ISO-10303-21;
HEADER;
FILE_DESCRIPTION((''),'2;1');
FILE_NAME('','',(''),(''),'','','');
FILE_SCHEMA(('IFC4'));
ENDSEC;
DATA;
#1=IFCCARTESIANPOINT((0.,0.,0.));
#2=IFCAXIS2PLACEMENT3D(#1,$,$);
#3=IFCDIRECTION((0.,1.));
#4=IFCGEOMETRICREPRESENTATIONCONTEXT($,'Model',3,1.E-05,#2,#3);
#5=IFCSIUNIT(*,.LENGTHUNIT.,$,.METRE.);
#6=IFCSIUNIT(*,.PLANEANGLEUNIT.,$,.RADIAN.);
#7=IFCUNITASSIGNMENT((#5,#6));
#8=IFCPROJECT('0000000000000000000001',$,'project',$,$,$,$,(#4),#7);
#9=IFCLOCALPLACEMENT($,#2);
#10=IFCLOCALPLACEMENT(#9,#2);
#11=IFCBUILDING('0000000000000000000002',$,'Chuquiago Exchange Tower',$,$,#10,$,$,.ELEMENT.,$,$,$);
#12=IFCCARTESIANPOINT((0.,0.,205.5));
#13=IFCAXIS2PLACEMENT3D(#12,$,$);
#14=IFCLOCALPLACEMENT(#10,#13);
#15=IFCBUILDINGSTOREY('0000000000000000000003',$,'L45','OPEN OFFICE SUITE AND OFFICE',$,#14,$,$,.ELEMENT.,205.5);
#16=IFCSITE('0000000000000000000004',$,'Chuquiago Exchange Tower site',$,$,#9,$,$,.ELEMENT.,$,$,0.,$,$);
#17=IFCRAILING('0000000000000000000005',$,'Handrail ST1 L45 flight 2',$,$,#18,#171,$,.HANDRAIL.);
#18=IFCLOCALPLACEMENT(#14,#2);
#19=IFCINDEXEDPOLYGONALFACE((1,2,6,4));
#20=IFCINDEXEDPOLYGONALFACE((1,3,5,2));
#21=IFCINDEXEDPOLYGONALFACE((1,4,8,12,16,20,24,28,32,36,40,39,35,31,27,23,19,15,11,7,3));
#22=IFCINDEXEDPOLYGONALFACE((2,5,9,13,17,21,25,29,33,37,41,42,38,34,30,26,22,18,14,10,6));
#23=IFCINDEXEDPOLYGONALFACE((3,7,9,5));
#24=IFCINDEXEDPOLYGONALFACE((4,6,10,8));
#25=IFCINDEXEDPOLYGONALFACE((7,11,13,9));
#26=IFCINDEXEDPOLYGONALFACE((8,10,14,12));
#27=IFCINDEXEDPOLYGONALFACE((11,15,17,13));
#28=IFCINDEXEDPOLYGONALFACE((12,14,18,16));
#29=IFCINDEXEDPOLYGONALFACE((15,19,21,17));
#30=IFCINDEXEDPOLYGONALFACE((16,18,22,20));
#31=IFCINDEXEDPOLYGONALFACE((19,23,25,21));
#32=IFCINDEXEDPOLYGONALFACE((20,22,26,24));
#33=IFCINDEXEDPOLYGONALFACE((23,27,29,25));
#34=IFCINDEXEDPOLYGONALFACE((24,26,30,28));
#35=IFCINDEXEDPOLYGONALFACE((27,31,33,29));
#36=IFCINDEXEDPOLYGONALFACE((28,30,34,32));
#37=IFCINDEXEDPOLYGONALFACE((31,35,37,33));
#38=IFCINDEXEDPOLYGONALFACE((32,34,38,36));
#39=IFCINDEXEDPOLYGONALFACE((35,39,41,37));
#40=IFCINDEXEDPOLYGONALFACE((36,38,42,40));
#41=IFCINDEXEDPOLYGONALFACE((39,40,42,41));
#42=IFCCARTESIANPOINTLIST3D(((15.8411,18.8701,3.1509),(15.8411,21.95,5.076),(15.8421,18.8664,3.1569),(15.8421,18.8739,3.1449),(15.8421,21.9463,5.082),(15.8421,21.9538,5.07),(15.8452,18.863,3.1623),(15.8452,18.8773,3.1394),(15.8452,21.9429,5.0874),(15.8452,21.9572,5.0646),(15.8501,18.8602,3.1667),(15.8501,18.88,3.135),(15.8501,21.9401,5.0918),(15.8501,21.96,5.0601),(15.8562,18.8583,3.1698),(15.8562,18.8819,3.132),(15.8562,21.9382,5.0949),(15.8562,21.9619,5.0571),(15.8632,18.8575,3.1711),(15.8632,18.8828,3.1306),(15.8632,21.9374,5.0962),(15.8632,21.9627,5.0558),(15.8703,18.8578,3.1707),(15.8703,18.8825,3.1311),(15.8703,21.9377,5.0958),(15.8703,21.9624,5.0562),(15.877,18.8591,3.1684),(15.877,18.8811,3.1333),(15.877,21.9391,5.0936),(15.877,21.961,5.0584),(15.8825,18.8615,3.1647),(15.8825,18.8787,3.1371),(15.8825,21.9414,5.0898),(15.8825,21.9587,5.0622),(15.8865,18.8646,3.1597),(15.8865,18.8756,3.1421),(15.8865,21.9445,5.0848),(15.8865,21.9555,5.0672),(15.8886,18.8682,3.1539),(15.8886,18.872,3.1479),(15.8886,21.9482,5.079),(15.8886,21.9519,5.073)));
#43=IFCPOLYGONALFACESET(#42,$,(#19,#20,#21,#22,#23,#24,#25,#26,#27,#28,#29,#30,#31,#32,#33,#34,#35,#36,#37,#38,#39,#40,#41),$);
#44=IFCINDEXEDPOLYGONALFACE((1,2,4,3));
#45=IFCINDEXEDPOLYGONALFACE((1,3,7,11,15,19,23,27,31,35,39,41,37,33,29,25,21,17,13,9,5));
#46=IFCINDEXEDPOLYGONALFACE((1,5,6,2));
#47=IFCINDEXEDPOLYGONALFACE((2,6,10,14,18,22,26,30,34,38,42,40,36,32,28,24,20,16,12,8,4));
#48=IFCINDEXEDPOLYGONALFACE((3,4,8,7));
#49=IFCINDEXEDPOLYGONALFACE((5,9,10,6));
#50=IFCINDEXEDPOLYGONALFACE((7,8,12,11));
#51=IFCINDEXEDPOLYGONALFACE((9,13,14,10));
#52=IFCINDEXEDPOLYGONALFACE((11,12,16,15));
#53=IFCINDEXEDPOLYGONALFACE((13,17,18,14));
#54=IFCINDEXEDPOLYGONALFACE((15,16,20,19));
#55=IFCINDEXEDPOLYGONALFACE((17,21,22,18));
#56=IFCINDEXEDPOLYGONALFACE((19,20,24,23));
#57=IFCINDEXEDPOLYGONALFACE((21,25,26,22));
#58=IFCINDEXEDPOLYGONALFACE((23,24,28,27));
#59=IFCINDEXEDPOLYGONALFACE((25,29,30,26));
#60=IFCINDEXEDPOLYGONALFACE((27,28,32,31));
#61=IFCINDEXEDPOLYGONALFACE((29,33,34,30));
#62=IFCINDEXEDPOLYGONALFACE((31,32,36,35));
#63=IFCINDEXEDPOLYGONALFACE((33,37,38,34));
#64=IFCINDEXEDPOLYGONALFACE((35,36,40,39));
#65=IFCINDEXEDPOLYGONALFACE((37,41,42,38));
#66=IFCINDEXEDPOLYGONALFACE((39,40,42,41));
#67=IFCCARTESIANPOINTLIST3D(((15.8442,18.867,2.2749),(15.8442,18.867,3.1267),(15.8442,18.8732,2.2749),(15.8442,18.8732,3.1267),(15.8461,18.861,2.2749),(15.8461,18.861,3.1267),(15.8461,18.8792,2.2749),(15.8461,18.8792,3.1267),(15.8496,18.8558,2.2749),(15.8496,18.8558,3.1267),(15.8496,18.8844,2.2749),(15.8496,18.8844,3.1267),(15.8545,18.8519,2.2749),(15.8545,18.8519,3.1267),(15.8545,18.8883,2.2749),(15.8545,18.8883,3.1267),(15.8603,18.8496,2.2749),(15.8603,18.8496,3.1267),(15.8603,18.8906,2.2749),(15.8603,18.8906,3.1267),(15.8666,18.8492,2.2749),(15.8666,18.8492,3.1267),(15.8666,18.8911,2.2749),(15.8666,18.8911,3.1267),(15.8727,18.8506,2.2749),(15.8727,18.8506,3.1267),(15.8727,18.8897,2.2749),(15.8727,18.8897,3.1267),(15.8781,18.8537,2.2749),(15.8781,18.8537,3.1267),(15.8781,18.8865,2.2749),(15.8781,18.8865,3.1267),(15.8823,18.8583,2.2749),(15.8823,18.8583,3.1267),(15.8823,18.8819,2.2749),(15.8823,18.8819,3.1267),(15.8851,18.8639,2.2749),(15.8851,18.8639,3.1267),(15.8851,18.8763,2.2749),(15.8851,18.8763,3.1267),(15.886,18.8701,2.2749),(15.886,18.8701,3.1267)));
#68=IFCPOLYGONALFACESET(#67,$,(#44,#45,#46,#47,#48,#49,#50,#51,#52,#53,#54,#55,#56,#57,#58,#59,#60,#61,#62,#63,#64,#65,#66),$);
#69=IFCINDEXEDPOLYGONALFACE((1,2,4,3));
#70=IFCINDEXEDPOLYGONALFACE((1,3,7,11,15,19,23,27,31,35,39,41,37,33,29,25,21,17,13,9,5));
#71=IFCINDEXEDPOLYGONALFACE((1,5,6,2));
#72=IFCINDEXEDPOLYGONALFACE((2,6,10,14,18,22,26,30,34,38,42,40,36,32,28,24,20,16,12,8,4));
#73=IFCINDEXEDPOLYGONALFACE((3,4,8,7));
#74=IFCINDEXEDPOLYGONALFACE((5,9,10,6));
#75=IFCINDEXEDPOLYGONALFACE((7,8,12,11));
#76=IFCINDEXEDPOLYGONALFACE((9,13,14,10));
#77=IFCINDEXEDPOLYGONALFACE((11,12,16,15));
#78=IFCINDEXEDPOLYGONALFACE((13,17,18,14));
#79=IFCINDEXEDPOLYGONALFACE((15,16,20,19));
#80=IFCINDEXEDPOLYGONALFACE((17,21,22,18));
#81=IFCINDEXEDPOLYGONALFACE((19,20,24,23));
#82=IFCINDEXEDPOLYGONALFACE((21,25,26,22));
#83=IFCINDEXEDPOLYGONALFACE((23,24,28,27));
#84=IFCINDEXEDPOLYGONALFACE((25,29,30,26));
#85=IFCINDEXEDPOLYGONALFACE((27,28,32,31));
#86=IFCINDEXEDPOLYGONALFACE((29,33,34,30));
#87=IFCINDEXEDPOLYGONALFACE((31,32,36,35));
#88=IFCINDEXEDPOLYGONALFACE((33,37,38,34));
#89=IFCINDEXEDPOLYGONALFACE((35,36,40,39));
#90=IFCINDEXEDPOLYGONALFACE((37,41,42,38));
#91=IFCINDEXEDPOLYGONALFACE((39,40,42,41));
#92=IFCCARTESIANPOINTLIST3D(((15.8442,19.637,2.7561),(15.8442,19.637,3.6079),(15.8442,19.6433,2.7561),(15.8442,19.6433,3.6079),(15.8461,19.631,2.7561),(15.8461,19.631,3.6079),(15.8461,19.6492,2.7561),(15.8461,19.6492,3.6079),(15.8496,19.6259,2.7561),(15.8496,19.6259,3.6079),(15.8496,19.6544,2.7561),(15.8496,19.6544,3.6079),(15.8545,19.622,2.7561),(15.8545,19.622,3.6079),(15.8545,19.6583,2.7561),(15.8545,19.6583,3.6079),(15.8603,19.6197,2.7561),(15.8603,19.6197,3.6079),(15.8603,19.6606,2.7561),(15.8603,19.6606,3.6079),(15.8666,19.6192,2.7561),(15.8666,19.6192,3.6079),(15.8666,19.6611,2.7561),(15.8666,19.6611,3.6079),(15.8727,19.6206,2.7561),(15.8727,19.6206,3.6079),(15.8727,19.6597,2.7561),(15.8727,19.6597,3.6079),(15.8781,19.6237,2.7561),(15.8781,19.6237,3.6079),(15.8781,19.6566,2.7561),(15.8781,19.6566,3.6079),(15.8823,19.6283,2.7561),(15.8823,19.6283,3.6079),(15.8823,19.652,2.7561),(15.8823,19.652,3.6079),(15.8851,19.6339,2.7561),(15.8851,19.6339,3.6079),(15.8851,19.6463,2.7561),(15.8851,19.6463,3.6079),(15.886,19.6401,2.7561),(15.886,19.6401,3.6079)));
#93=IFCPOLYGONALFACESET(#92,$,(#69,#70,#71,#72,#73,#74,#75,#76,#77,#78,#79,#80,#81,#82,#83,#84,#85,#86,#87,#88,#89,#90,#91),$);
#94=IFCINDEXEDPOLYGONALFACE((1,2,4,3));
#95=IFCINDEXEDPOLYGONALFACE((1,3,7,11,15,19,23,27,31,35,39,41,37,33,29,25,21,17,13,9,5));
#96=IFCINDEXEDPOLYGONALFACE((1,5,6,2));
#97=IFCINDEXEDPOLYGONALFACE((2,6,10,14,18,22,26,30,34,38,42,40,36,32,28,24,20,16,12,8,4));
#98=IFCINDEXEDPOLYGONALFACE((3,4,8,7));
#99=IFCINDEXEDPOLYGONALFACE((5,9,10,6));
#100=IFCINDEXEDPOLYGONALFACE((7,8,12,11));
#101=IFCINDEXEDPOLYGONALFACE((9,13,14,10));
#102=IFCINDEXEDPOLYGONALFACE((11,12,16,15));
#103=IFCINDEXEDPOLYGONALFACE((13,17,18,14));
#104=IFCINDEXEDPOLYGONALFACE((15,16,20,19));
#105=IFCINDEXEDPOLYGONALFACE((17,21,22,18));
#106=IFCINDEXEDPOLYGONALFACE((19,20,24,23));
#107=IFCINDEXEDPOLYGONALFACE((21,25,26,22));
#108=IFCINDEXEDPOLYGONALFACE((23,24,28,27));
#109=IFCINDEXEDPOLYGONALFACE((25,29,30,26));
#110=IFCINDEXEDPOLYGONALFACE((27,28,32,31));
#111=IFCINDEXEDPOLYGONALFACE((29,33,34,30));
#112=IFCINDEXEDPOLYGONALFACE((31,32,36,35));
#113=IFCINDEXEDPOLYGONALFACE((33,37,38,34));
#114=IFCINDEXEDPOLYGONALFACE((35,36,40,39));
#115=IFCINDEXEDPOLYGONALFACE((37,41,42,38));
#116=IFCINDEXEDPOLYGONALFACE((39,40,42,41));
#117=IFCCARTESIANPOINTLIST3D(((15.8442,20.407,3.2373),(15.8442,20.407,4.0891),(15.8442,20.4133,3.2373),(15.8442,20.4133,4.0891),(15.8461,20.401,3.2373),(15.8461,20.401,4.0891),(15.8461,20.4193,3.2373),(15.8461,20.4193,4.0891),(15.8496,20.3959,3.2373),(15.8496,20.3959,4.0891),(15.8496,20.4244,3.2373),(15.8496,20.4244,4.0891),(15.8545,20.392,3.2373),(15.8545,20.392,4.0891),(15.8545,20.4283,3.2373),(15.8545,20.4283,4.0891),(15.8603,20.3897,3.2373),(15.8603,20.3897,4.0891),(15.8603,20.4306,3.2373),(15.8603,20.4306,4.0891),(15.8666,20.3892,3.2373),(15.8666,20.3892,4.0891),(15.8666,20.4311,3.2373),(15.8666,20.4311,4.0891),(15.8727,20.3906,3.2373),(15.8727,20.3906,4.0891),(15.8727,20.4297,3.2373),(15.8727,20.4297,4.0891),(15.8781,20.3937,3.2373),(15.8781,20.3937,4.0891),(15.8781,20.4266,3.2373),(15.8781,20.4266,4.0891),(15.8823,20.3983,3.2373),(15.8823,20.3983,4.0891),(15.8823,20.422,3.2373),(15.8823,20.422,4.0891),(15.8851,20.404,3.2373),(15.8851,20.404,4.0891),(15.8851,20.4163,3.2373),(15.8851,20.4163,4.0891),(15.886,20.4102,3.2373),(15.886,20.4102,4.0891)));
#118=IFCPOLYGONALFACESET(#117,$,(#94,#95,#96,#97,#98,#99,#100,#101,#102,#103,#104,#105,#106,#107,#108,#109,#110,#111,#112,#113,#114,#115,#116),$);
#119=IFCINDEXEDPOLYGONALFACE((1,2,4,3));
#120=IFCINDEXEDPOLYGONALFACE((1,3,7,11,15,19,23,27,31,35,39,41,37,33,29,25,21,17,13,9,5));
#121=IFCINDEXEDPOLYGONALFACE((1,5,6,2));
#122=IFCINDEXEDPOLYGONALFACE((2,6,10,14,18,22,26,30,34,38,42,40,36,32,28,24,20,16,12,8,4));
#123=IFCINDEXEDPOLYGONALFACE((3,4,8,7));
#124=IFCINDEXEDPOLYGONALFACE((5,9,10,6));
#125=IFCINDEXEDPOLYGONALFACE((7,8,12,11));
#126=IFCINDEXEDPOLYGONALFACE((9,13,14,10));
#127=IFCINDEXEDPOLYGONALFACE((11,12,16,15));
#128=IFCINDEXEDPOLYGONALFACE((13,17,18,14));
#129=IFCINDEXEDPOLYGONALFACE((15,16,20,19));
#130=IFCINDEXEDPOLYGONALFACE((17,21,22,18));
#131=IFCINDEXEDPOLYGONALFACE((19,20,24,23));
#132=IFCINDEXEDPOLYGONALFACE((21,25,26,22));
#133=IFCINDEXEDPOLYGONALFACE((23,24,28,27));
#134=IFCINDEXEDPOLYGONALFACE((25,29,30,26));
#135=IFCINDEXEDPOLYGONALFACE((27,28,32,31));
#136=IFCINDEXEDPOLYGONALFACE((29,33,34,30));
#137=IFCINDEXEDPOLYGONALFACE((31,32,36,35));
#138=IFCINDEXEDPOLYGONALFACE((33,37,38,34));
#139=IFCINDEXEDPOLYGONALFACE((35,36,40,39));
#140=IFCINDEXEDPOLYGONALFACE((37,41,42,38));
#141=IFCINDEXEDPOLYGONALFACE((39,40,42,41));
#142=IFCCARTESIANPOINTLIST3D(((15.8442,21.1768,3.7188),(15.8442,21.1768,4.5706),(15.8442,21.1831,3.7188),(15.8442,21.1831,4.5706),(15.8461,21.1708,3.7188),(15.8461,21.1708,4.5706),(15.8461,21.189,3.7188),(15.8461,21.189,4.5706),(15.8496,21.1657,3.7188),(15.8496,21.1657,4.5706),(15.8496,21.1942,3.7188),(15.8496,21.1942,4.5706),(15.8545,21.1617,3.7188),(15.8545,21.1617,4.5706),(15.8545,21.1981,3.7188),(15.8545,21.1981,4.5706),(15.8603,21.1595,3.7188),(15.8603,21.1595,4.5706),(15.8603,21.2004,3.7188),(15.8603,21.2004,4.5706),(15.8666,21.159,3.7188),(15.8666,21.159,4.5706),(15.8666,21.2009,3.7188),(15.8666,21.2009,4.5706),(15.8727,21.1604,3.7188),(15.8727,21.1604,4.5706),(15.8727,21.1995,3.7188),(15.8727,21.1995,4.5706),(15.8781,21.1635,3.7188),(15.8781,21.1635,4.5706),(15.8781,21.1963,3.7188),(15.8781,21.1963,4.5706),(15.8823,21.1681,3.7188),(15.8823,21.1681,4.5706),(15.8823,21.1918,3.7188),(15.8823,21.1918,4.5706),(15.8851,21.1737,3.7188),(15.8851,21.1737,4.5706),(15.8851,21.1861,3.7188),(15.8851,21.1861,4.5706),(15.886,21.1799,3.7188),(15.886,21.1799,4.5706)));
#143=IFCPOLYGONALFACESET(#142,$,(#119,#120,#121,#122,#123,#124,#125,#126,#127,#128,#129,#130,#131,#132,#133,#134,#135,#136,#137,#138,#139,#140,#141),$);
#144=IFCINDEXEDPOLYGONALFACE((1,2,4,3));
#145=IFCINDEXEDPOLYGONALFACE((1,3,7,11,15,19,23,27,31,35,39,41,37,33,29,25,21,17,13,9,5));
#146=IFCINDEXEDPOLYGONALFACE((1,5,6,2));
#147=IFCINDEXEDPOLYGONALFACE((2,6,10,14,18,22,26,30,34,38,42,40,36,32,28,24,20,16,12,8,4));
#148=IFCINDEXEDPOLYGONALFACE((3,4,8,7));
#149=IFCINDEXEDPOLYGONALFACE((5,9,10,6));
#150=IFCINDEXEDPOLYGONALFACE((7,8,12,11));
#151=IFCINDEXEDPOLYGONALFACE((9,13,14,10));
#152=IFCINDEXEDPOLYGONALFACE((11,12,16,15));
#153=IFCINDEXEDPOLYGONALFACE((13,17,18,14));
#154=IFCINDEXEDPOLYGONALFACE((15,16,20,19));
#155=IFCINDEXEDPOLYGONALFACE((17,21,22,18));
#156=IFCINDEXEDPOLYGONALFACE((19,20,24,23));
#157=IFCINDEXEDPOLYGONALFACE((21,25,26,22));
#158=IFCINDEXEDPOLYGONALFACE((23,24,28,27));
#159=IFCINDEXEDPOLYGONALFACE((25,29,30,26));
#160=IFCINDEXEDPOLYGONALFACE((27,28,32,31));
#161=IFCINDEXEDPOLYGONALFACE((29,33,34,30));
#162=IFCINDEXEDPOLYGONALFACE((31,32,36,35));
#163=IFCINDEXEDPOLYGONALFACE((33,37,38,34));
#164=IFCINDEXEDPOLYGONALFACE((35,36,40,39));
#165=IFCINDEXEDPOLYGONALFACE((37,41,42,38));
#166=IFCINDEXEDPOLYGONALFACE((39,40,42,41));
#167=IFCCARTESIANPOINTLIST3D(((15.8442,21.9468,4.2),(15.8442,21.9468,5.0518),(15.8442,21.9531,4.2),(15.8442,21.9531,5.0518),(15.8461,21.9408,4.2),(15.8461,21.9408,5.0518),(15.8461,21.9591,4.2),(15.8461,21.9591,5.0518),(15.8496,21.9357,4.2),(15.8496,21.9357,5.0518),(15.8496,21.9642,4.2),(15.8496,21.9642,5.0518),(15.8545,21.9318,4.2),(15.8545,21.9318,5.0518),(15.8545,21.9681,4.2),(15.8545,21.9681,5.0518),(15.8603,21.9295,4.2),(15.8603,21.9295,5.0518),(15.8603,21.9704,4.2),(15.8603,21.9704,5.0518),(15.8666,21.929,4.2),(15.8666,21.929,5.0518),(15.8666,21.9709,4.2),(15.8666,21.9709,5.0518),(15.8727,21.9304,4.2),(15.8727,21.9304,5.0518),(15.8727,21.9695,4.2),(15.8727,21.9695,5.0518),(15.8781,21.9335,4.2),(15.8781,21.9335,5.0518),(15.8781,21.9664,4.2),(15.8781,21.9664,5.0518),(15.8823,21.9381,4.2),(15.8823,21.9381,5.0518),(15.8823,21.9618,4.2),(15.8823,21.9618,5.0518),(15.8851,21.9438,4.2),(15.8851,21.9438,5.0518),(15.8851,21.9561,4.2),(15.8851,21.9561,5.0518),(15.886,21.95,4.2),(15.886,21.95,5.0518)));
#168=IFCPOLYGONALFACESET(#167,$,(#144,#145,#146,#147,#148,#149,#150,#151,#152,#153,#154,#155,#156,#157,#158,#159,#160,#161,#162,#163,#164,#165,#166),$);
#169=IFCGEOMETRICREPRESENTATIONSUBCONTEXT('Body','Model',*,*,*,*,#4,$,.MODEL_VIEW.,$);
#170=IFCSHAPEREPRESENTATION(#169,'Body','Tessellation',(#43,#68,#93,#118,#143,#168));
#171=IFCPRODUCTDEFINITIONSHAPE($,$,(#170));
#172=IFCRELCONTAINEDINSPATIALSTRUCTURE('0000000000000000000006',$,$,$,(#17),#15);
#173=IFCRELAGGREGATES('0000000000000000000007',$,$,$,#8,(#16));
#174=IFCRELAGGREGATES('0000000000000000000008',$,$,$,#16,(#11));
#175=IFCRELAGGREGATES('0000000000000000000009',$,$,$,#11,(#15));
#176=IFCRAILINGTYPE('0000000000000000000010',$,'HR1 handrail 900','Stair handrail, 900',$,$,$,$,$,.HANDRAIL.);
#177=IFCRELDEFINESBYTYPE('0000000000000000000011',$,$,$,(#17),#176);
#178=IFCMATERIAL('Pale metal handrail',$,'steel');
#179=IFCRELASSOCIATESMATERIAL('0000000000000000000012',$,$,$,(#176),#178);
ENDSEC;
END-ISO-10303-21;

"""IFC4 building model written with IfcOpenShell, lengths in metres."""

from ifc_helpers import new_model, si_unit, direction, frame, origin, origin_2d, place, context, subcontext, project, spatial, circle, extrude, material, type_object, element, save


model = new_model("IFC4")

# Units and contexts
model_context = context("Model", 3, precision=1e-05, world=origin(), true_north=direction((0.0, 1.0)))
body_context = subcontext(model_context, "Body", "Model", "MODEL_VIEW")
ifc_project = project(units=[si_unit("LENGTHUNIT", "METRE"), si_unit("PLANEANGLEUNIT", "RADIAN")], contexts=[model_context])

# Site, building, storey
site_placement = place(None, origin())
site = spatial("IfcSite", under=ifc_project, at=site_placement, Name="Chuquiago Exchange Tower site", CompositionType="ELEMENT", RefElevation=0.0)
building_placement = place(site_placement, origin())
building = spatial("IfcBuilding", under=site, at=building_placement, Name="Chuquiago Exchange Tower", CompositionType="ELEMENT")
storey_placement = place(building_placement, frame((0.0, 0.0, 205.5)))
storey = spatial("IfcBuildingStorey", under=building, at=storey_placement, Name="L45", Description="OPEN OFFICE SUITE AND OFFICE", CompositionType="ELEMENT", Elevation=205.5)

# Railing
ifc_material_1 = material(Name="Pale metal handrail", Category="steel")
railing_type_1 = type_object("IfcRailingType", Name="HR1 handrail 900", Description="Stair handrail, 900", PredefinedType="HANDRAIL", material=ifc_material_1)
for number, where, name in (
    (1, (15.865, 18.8701, 2.2749), "Handrail ST1 L45 flight 2"),
):
    element("IfcRailing", number, at=place(storey_placement, frame(where)), inside=storey, type_object=railing_type_1, Name=name, PredefinedType="HANDRAIL", context=body_context, shape_type="SweptSolid", body=[
        extrude(circle(Radius=0.0239, at=origin_2d()), frame((0.0, 0.0, 0.876), z_axis=(0.0, 0.847979, 0.530029), x_axis=(-1.0, 0.0, 0.0)), (0.0, 0.0, 1.0), 3.6321),
        extrude(circle(Radius=0.021, at=origin_2d()), origin(), (0.0, 0.0, 1.0), 0.8518),
        extrude(circle(Radius=0.021, at=origin_2d()), frame((0.0, 0.77, 0.4812)), (0.0, 0.0, 1.0), 0.8518),
        extrude(circle(Radius=0.021, at=origin_2d()), frame((0.0, 1.54, 0.9624)), (0.0, 0.0, 1.0), 0.8518),
        extrude(circle(Radius=0.021, at=origin_2d()), frame((0.0, 2.3098, 1.4438)), (0.0, 0.0, 1.0), 0.8518),
        extrude(circle(Radius=0.021, at=origin_2d()), frame((0.0, 3.0798, 1.925)), (0.0, 0.0, 1.0), 0.8518),
    ])

save(model, "model.ifc")
